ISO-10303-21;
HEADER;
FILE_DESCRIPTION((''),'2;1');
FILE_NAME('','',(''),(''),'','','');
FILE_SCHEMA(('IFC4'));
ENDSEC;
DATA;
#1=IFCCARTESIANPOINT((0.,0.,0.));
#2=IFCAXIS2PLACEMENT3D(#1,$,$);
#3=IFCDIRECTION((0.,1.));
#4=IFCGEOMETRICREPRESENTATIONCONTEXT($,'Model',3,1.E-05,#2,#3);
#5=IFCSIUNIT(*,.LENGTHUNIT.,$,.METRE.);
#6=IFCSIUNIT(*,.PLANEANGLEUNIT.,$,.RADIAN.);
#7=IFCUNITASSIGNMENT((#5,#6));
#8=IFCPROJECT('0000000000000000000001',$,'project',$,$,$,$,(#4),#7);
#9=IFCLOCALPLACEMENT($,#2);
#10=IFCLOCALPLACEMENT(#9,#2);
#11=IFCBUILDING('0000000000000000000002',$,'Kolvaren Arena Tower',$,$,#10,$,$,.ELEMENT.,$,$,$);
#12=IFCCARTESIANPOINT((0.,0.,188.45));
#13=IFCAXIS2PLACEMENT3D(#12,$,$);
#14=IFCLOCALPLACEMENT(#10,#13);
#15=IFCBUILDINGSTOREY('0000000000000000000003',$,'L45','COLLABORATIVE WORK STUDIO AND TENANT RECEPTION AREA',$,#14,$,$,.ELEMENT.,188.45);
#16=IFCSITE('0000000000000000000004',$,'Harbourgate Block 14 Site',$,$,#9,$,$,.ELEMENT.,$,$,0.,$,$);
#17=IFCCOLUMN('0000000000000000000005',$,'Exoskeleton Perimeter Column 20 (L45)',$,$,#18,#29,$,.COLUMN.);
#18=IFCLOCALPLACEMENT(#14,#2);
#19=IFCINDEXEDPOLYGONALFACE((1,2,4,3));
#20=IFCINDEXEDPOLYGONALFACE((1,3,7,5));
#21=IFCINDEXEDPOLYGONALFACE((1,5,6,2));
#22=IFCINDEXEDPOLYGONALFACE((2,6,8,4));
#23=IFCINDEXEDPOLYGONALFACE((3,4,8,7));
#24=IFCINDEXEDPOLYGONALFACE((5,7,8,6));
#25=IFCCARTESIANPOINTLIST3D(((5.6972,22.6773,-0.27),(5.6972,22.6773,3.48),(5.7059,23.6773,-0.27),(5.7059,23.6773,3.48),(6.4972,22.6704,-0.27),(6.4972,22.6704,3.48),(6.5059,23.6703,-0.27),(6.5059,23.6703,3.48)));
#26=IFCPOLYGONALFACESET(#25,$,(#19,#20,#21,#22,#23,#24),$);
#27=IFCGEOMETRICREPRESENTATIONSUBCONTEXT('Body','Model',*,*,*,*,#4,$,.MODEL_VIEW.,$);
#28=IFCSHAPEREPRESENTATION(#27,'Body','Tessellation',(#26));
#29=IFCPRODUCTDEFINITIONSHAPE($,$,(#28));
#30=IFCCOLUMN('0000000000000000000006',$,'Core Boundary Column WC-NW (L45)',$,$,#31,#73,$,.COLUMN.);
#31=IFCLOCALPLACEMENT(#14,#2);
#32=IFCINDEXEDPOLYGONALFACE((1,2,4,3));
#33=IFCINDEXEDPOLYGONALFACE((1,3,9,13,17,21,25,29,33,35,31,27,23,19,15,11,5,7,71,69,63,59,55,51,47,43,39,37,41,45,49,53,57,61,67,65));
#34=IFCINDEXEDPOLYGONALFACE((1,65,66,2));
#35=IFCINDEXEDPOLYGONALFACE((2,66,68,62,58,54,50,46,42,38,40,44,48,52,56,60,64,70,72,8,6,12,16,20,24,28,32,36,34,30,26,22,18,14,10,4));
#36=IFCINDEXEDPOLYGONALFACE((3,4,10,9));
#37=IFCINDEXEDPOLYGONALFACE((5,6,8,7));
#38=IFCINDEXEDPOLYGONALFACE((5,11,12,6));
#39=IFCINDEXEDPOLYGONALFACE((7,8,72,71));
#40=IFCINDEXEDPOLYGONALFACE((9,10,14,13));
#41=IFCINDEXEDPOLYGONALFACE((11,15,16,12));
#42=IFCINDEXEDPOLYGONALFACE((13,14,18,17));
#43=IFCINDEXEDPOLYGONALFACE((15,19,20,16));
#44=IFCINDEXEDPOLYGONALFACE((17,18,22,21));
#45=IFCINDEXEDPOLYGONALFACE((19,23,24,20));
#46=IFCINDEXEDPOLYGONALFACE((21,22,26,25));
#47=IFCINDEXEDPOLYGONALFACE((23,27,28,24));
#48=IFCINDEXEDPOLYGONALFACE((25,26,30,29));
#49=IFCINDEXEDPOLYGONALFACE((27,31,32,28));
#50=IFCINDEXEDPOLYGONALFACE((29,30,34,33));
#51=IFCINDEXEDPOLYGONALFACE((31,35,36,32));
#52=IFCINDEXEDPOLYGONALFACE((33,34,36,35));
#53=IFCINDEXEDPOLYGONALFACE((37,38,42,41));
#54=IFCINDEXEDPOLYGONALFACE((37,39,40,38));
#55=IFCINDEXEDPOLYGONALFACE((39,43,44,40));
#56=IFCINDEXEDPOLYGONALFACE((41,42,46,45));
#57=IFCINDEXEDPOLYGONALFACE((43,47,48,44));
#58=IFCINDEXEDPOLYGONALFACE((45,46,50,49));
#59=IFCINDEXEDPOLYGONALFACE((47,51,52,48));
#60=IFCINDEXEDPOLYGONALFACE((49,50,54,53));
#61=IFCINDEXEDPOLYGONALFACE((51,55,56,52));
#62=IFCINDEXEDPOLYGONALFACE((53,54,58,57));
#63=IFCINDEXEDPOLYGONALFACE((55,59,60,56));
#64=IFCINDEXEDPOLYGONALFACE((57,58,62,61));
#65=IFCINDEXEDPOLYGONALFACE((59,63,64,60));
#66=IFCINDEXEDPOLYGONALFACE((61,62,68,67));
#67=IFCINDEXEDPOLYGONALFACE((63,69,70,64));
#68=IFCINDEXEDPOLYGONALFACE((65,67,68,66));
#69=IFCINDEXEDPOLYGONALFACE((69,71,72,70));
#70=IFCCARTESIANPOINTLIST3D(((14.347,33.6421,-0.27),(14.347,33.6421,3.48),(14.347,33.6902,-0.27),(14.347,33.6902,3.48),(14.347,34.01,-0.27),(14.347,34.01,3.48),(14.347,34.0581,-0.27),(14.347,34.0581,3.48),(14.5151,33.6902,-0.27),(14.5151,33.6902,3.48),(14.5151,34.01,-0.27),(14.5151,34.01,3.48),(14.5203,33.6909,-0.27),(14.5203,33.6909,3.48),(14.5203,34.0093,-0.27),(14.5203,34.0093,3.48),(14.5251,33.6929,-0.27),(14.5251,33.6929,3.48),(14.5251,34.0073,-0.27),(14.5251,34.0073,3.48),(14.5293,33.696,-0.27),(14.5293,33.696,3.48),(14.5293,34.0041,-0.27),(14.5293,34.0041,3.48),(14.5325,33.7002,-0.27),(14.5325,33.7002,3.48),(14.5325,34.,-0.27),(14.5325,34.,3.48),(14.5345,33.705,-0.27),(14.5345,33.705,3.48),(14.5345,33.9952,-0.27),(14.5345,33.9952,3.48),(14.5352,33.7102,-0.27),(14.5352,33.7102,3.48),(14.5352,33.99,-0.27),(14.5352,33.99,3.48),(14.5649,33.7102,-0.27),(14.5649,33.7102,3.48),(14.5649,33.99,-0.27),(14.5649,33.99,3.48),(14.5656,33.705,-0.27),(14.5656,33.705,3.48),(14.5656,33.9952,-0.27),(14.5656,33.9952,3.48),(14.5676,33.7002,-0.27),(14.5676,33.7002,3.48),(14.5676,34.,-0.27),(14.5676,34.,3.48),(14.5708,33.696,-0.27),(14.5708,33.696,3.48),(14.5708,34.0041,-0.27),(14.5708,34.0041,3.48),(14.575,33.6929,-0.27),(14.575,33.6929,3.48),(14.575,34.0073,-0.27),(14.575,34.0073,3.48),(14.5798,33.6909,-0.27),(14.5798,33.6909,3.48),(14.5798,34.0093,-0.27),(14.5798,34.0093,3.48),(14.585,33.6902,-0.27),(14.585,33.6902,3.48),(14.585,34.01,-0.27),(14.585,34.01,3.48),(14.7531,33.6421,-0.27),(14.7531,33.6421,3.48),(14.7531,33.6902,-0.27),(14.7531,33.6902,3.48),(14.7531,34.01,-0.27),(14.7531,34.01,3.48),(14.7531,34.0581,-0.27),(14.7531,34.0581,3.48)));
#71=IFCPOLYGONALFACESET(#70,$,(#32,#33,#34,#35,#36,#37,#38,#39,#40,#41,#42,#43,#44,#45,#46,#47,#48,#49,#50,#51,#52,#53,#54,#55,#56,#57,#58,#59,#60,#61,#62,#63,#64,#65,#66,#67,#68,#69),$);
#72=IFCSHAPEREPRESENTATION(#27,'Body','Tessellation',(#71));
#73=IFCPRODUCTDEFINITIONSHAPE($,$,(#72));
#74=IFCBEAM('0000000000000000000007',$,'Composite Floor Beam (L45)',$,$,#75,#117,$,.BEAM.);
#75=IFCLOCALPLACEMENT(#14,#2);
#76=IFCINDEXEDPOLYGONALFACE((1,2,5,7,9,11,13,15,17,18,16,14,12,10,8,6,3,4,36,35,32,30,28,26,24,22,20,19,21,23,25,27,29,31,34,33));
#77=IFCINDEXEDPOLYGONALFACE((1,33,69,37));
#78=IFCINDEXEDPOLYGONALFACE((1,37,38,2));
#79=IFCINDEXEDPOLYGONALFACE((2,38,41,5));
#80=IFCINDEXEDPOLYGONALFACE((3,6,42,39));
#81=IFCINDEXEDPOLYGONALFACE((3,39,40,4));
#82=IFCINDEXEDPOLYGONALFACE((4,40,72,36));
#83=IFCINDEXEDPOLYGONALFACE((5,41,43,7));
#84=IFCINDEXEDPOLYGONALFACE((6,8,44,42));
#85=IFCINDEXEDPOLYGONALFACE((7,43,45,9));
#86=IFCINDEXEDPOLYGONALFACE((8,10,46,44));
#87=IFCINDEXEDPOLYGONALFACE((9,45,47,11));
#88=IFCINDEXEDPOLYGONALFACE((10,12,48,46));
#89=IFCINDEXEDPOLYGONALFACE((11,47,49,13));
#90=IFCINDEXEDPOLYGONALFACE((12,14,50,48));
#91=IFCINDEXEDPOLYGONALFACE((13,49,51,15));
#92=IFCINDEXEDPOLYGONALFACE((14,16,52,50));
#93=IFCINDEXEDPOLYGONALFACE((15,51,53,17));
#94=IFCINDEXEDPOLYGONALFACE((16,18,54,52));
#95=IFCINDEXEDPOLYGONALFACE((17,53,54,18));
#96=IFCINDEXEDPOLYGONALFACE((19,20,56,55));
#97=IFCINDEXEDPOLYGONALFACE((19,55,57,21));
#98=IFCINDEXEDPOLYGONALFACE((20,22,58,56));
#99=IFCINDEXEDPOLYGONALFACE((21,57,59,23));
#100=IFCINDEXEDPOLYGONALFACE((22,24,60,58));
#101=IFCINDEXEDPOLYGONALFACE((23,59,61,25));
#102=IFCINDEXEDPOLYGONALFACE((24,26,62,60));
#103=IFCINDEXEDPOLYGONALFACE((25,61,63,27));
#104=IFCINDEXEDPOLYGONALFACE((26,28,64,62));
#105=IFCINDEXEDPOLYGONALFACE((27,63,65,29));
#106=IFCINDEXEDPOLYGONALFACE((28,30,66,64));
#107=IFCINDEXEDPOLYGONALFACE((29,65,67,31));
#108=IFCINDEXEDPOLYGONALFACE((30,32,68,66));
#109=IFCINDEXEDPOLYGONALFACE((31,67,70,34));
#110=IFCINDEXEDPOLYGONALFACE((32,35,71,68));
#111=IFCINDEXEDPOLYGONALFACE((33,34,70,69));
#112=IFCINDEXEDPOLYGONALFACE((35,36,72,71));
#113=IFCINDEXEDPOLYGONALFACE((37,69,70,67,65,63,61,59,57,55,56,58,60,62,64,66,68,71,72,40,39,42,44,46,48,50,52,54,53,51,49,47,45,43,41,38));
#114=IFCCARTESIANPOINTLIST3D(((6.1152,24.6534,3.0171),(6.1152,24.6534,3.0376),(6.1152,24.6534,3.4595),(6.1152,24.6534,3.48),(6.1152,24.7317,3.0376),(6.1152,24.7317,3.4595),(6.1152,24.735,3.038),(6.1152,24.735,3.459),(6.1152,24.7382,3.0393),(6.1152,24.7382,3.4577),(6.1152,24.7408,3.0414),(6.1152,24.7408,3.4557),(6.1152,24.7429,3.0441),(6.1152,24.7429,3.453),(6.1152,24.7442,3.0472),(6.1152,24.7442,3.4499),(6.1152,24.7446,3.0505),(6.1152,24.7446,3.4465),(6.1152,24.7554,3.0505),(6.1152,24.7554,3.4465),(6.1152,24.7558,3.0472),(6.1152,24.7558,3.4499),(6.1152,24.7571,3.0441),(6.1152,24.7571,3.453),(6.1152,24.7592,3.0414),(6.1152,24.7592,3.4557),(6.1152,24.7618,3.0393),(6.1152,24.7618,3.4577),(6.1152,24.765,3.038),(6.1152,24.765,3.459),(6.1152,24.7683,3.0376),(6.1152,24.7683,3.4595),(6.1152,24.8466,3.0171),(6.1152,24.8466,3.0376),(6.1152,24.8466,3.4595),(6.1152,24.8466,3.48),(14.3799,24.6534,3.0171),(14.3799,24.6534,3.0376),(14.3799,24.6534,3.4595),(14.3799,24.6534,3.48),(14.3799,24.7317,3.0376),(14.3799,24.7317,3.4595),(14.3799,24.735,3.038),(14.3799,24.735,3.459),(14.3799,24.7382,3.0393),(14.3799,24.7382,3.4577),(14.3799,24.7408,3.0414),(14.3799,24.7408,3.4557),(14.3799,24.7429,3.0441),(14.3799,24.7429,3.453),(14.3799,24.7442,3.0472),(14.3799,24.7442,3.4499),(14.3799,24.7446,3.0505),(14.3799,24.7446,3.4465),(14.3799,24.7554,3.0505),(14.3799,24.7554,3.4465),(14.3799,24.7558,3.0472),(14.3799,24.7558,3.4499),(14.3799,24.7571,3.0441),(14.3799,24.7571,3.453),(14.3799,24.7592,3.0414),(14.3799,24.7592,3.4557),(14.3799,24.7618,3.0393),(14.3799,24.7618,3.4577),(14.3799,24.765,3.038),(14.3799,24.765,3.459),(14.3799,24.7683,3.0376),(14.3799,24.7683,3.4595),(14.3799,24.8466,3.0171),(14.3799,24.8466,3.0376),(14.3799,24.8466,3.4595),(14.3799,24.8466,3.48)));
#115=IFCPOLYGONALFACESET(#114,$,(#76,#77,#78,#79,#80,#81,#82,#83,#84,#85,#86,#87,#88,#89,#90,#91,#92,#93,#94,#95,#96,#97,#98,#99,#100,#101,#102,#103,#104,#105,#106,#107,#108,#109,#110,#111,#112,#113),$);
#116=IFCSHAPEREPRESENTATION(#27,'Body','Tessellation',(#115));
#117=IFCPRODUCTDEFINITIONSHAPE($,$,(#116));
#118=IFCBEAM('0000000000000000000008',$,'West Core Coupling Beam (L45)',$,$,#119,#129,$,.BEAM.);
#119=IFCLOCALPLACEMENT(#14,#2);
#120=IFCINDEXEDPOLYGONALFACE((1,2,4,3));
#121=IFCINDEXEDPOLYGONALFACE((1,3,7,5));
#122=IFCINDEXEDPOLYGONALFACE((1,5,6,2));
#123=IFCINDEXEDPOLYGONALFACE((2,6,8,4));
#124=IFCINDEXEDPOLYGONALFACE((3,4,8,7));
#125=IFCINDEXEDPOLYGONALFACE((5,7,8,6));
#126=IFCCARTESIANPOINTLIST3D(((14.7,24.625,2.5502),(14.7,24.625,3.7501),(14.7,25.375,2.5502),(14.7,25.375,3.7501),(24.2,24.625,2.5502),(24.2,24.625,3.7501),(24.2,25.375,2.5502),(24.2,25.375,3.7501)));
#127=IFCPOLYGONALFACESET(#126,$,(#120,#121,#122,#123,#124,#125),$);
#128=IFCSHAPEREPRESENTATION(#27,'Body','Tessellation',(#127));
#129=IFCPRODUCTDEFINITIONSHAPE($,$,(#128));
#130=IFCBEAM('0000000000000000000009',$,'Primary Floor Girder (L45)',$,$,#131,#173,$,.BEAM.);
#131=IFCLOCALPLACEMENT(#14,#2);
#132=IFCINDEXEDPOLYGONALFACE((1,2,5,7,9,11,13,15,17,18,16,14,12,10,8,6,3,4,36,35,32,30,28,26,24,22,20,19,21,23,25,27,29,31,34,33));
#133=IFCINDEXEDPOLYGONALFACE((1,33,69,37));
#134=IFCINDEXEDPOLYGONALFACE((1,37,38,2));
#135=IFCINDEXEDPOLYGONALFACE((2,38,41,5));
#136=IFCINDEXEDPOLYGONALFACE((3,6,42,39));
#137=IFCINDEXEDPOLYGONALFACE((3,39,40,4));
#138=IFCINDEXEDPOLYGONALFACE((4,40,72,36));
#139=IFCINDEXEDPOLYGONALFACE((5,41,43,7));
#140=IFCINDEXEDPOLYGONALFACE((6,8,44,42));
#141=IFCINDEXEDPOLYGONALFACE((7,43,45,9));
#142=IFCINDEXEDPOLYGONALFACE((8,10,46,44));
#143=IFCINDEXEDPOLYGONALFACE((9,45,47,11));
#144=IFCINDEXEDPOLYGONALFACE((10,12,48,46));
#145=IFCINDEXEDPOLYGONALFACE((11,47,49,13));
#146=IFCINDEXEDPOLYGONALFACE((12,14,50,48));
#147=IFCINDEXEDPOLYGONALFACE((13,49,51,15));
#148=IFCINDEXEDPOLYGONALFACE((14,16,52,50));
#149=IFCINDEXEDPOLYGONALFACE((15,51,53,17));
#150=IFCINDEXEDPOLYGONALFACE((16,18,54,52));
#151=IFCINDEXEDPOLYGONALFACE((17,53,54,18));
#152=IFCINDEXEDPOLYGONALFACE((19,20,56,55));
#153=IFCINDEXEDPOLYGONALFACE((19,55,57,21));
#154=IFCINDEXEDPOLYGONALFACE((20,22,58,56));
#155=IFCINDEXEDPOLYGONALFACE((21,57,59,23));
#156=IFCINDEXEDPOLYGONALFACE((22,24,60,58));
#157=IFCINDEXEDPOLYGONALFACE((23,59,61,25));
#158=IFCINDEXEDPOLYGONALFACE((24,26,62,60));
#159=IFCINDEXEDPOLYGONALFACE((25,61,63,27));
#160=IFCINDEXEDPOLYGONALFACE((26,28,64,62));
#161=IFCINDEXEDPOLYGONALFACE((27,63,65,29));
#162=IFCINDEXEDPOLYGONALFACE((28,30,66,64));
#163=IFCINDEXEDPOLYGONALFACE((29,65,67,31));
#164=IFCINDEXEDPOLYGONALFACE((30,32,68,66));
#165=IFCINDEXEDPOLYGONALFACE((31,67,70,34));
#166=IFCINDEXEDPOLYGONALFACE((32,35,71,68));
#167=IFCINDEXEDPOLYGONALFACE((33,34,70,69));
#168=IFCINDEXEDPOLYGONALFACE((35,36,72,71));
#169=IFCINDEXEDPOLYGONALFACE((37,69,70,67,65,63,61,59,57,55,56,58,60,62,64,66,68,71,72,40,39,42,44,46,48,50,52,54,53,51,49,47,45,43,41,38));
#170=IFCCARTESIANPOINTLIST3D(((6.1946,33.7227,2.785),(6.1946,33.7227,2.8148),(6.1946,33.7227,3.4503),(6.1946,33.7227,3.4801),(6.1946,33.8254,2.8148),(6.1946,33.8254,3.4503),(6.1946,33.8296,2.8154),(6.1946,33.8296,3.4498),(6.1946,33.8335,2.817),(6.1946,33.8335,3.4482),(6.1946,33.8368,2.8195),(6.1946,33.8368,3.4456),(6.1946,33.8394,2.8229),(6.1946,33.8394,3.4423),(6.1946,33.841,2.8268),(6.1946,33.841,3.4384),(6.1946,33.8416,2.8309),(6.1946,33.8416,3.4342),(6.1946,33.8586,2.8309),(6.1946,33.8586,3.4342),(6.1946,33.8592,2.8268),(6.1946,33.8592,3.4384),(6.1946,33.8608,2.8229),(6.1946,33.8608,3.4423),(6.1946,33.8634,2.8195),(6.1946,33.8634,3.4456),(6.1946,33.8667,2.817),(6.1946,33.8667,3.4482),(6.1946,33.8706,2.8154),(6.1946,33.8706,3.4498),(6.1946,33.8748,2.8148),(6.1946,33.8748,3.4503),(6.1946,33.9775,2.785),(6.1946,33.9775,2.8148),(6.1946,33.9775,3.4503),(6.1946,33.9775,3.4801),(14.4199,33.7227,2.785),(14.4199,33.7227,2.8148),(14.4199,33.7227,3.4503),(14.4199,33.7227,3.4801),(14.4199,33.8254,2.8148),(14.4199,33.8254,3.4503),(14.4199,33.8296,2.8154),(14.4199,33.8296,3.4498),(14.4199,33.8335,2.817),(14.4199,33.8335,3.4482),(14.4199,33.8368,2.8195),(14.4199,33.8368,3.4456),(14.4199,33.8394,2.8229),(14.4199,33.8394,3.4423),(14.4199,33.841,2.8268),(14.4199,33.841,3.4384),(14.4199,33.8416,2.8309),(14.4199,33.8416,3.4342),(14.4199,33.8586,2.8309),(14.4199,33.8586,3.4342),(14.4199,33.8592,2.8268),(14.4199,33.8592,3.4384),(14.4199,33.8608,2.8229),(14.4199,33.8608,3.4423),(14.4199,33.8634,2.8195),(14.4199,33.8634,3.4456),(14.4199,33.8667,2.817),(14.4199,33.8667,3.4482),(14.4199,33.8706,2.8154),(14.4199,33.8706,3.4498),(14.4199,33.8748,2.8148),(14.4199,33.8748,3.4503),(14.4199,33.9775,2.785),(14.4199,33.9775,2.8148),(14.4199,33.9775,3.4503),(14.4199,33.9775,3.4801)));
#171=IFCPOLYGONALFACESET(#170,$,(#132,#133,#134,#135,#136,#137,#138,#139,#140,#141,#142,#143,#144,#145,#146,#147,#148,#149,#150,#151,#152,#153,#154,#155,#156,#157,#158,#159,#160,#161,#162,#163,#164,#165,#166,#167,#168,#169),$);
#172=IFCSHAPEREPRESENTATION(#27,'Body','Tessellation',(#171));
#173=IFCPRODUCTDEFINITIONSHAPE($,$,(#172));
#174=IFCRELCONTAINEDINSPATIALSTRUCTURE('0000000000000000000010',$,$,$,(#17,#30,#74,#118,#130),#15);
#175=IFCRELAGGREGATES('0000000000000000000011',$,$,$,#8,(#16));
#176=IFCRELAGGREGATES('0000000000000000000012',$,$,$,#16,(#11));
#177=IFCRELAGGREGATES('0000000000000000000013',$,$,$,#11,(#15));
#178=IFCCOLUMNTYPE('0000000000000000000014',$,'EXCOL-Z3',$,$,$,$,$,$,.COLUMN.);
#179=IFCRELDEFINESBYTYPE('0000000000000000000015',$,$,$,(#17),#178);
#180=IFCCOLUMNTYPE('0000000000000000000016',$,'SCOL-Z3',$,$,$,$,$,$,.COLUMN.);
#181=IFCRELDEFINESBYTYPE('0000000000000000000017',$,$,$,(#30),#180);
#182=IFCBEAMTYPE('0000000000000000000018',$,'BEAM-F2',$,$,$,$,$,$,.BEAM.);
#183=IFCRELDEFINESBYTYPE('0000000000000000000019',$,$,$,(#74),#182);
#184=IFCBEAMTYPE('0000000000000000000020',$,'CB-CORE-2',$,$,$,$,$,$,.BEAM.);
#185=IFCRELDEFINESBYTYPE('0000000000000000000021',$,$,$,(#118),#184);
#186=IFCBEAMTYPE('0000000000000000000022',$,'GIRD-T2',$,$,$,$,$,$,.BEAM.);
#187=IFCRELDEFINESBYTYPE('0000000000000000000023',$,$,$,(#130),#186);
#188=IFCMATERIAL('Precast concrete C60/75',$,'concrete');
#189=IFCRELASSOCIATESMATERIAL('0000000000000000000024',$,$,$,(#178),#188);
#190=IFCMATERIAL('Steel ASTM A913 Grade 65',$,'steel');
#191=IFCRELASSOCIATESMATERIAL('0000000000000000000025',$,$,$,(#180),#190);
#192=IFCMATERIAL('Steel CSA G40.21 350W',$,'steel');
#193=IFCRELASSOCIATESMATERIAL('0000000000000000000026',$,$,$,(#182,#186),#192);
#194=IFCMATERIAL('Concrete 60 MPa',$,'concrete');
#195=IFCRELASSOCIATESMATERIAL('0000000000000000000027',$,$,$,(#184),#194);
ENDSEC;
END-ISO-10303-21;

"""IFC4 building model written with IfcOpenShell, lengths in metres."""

from ifc_helpers import new_model, si_unit, direction, frame, origin, origin_2d, place, context, subcontext, project, spatial, rectangle, i_section, extrude, material, material_profile, profile_set, type_object, element, save


model = new_model("IFC4")

# Units and contexts
model_context = context("Model", 3, precision=1e-05, world=origin(), true_north=direction((0.0, 1.0)))
body_context = subcontext(model_context, "Body", "Model", "MODEL_VIEW")
ifc_project = project(units=[si_unit("LENGTHUNIT", "METRE"), si_unit("PLANEANGLEUNIT", "RADIAN")], contexts=[model_context])

# Site, building, storey
site_placement = place(None, origin())
site = spatial("IfcSite", under=ifc_project, at=site_placement, Name="Harbourgate Block 14 Site", CompositionType="ELEMENT", RefElevation=0.0)
building_placement = place(site_placement, origin())
building = spatial("IfcBuilding", under=site, at=building_placement, Name="Kolvaren Arena Tower", CompositionType="ELEMENT")
storey_placement = place(building_placement, frame((0.0, 0.0, 188.45)))
storey = spatial("IfcBuildingStorey", under=building, at=storey_placement, Name="L45", Description="COLLABORATIVE WORK STUDIO AND TENANT RECEPTION AREA", CompositionType="ELEMENT", Elevation=188.45)

# Columns
ifc_material_1 = material(Name="Precast concrete C60/75", Category="concrete")
ifc_material_profile_1 = material_profile(ifc_material_1, rectangle(XDim=1.0, YDim=0.8, at=origin_2d()), Name="RC-1000x800")
ifc_profile_set_1 = profile_set([ifc_material_profile_1], Name="Precast concrete C60/75")
column_type_1 = type_object("IfcColumnType", Name="EXCOL-Z3", PredefinedType="COLUMN", material=ifc_profile_set_1)
column_1_placement = place(storey_placement, frame((6.1016, 23.1738, -0.27), z_axis=(0.0, 0.0, 1.0), x_axis=(0.008727, 0.999962, 0.0)))
element("IfcColumn", 1, at=column_1_placement, inside=storey, type_object=column_type_1, Name="Exoskeleton Perimeter Column 20 (L45)", PredefinedType="COLUMN", context=body_context, shape_type="SweptSolid", body=[
    extrude(rectangle(XDim=1.0, YDim=0.8, at=origin_2d()), origin(), (0.0, 0.0, 1.0), 3.75),
])
ifc_material_2 = material(Name="Steel ASTM A913 Grade 65", Category="steel")
ifc_material_profile_2 = material_profile(ifc_material_2, i_section(OverallWidth=0.406, OverallDepth=0.416, WebThickness=0.0298, FlangeThickness=0.0481, FilletRadius=0.02, at=origin_2d()), Name="W360x382")
ifc_profile_set_2 = profile_set([ifc_material_profile_2], Name="Steel ASTM A913 Grade 65")
column_type_2 = type_object("IfcColumnType", Name="SCOL-Z3", PredefinedType="COLUMN", material=ifc_profile_set_2)
column_2_placement = place(storey_placement, frame((14.55, 33.8501, -0.27), z_axis=(0.0, 0.0, 1.0), x_axis=(1.0, 0.0, 0.0)))
element("IfcColumn", 2, at=column_2_placement, inside=storey, type_object=column_type_2, Name="Core Boundary Column WC-NW (L45)", PredefinedType="COLUMN", context=body_context, shape_type="SweptSolid", body=[
    extrude(i_section(OverallWidth=0.406, OverallDepth=0.416, WebThickness=0.0298, FlangeThickness=0.0481, FilletRadius=0.02, at=origin_2d()), origin(), (0.0, 0.0, 1.0), 3.75),
])

# Beams
ifc_material_3 = material(Name="Steel CSA G40.21 350W", Category="steel")
ifc_material_profile_3 = material_profile(ifc_material_3, i_section(OverallWidth=0.1931, OverallDepth=0.4629, WebThickness=0.0107, FlangeThickness=0.0205, FilletRadius=0.0129, at=origin_2d()), Name="W460x113")
ifc_profile_set_3 = profile_set([ifc_material_profile_3], Name="Steel CSA G40.21 350W")
beam_type_1 = type_object("IfcBeamType", Name="BEAM-F2", PredefinedType="BEAM", material=ifc_profile_set_3)
beam_1_placement = place(storey_placement, frame((6.1152, 24.75, 3.2485), z_axis=(1.0, 0.0, 0.0), x_axis=(0.0, 1.0, 0.0)))
element("IfcBeam", 3, at=beam_1_placement, inside=storey, type_object=beam_type_1, Name="Composite Floor Beam (L45)", PredefinedType="BEAM", context=body_context, shape_type="SweptSolid", body=[
    extrude(i_section(OverallWidth=0.1931, OverallDepth=0.4629, WebThickness=0.0107, FlangeThickness=0.0205, FilletRadius=0.0129, at=origin_2d()), origin(), (0.0, 0.0, 1.0), 8.2646),
])
ifc_material_4 = material(Name="Concrete 60 MPa", Category="concrete")
ifc_material_profile_4 = material_profile(ifc_material_4, rectangle(XDim=0.75, YDim=1.2, at=origin_2d()), Name="RC-750x1200")
ifc_profile_set_4 = profile_set([ifc_material_profile_4], Name="Concrete 60 MPa")
beam_type_2 = type_object("IfcBeamType", Name="CB-CORE-2", PredefinedType="BEAM", material=ifc_profile_set_4)
beam_2_placement = place(storey_placement, frame((14.7, 25.0, 3.1501), z_axis=(1.0, 0.0, 0.0), x_axis=(0.0, 1.0, 0.0)))
element("IfcBeam", 4, at=beam_2_placement, inside=storey, type_object=beam_type_2, Name="West Core Coupling Beam (L45)", PredefinedType="BEAM", context=body_context, shape_type="SweptSolid", body=[
    extrude(rectangle(XDim=0.75, YDim=1.2, at=origin_2d()), origin(), (0.0, 0.0, 1.0), 9.5),
])
ifc_material_profile_5 = material_profile(ifc_material_3, i_section(OverallWidth=0.2549, OverallDepth=0.6951, WebThickness=0.0171, FlangeThickness=0.0298, FilletRadius=0.0161, at=origin_2d()), Name="W690x217")
ifc_profile_set_5 = profile_set([ifc_material_profile_5], Name="Steel CSA G40.21 350W")
beam_type_3 = type_object("IfcBeamType", Name="GIRD-T2", PredefinedType="BEAM", material=ifc_profile_set_5)
beam_3_placement = place(storey_placement, frame((6.1946, 33.8501, 3.1326), z_axis=(1.0, 0.0, 0.0), x_axis=(0.0, 1.0, 0.0)))
element("IfcBeam", 5, at=beam_3_placement, inside=storey, type_object=beam_type_3, Name="Primary Floor Girder (L45)", PredefinedType="BEAM", context=body_context, shape_type="SweptSolid", body=[
    extrude(i_section(OverallWidth=0.2549, OverallDepth=0.6951, WebThickness=0.0171, FlangeThickness=0.0298, FilletRadius=0.0161, at=origin_2d()), origin(), (0.0, 0.0, 1.0), 8.2253),
])

save(model, "model.ifc")
